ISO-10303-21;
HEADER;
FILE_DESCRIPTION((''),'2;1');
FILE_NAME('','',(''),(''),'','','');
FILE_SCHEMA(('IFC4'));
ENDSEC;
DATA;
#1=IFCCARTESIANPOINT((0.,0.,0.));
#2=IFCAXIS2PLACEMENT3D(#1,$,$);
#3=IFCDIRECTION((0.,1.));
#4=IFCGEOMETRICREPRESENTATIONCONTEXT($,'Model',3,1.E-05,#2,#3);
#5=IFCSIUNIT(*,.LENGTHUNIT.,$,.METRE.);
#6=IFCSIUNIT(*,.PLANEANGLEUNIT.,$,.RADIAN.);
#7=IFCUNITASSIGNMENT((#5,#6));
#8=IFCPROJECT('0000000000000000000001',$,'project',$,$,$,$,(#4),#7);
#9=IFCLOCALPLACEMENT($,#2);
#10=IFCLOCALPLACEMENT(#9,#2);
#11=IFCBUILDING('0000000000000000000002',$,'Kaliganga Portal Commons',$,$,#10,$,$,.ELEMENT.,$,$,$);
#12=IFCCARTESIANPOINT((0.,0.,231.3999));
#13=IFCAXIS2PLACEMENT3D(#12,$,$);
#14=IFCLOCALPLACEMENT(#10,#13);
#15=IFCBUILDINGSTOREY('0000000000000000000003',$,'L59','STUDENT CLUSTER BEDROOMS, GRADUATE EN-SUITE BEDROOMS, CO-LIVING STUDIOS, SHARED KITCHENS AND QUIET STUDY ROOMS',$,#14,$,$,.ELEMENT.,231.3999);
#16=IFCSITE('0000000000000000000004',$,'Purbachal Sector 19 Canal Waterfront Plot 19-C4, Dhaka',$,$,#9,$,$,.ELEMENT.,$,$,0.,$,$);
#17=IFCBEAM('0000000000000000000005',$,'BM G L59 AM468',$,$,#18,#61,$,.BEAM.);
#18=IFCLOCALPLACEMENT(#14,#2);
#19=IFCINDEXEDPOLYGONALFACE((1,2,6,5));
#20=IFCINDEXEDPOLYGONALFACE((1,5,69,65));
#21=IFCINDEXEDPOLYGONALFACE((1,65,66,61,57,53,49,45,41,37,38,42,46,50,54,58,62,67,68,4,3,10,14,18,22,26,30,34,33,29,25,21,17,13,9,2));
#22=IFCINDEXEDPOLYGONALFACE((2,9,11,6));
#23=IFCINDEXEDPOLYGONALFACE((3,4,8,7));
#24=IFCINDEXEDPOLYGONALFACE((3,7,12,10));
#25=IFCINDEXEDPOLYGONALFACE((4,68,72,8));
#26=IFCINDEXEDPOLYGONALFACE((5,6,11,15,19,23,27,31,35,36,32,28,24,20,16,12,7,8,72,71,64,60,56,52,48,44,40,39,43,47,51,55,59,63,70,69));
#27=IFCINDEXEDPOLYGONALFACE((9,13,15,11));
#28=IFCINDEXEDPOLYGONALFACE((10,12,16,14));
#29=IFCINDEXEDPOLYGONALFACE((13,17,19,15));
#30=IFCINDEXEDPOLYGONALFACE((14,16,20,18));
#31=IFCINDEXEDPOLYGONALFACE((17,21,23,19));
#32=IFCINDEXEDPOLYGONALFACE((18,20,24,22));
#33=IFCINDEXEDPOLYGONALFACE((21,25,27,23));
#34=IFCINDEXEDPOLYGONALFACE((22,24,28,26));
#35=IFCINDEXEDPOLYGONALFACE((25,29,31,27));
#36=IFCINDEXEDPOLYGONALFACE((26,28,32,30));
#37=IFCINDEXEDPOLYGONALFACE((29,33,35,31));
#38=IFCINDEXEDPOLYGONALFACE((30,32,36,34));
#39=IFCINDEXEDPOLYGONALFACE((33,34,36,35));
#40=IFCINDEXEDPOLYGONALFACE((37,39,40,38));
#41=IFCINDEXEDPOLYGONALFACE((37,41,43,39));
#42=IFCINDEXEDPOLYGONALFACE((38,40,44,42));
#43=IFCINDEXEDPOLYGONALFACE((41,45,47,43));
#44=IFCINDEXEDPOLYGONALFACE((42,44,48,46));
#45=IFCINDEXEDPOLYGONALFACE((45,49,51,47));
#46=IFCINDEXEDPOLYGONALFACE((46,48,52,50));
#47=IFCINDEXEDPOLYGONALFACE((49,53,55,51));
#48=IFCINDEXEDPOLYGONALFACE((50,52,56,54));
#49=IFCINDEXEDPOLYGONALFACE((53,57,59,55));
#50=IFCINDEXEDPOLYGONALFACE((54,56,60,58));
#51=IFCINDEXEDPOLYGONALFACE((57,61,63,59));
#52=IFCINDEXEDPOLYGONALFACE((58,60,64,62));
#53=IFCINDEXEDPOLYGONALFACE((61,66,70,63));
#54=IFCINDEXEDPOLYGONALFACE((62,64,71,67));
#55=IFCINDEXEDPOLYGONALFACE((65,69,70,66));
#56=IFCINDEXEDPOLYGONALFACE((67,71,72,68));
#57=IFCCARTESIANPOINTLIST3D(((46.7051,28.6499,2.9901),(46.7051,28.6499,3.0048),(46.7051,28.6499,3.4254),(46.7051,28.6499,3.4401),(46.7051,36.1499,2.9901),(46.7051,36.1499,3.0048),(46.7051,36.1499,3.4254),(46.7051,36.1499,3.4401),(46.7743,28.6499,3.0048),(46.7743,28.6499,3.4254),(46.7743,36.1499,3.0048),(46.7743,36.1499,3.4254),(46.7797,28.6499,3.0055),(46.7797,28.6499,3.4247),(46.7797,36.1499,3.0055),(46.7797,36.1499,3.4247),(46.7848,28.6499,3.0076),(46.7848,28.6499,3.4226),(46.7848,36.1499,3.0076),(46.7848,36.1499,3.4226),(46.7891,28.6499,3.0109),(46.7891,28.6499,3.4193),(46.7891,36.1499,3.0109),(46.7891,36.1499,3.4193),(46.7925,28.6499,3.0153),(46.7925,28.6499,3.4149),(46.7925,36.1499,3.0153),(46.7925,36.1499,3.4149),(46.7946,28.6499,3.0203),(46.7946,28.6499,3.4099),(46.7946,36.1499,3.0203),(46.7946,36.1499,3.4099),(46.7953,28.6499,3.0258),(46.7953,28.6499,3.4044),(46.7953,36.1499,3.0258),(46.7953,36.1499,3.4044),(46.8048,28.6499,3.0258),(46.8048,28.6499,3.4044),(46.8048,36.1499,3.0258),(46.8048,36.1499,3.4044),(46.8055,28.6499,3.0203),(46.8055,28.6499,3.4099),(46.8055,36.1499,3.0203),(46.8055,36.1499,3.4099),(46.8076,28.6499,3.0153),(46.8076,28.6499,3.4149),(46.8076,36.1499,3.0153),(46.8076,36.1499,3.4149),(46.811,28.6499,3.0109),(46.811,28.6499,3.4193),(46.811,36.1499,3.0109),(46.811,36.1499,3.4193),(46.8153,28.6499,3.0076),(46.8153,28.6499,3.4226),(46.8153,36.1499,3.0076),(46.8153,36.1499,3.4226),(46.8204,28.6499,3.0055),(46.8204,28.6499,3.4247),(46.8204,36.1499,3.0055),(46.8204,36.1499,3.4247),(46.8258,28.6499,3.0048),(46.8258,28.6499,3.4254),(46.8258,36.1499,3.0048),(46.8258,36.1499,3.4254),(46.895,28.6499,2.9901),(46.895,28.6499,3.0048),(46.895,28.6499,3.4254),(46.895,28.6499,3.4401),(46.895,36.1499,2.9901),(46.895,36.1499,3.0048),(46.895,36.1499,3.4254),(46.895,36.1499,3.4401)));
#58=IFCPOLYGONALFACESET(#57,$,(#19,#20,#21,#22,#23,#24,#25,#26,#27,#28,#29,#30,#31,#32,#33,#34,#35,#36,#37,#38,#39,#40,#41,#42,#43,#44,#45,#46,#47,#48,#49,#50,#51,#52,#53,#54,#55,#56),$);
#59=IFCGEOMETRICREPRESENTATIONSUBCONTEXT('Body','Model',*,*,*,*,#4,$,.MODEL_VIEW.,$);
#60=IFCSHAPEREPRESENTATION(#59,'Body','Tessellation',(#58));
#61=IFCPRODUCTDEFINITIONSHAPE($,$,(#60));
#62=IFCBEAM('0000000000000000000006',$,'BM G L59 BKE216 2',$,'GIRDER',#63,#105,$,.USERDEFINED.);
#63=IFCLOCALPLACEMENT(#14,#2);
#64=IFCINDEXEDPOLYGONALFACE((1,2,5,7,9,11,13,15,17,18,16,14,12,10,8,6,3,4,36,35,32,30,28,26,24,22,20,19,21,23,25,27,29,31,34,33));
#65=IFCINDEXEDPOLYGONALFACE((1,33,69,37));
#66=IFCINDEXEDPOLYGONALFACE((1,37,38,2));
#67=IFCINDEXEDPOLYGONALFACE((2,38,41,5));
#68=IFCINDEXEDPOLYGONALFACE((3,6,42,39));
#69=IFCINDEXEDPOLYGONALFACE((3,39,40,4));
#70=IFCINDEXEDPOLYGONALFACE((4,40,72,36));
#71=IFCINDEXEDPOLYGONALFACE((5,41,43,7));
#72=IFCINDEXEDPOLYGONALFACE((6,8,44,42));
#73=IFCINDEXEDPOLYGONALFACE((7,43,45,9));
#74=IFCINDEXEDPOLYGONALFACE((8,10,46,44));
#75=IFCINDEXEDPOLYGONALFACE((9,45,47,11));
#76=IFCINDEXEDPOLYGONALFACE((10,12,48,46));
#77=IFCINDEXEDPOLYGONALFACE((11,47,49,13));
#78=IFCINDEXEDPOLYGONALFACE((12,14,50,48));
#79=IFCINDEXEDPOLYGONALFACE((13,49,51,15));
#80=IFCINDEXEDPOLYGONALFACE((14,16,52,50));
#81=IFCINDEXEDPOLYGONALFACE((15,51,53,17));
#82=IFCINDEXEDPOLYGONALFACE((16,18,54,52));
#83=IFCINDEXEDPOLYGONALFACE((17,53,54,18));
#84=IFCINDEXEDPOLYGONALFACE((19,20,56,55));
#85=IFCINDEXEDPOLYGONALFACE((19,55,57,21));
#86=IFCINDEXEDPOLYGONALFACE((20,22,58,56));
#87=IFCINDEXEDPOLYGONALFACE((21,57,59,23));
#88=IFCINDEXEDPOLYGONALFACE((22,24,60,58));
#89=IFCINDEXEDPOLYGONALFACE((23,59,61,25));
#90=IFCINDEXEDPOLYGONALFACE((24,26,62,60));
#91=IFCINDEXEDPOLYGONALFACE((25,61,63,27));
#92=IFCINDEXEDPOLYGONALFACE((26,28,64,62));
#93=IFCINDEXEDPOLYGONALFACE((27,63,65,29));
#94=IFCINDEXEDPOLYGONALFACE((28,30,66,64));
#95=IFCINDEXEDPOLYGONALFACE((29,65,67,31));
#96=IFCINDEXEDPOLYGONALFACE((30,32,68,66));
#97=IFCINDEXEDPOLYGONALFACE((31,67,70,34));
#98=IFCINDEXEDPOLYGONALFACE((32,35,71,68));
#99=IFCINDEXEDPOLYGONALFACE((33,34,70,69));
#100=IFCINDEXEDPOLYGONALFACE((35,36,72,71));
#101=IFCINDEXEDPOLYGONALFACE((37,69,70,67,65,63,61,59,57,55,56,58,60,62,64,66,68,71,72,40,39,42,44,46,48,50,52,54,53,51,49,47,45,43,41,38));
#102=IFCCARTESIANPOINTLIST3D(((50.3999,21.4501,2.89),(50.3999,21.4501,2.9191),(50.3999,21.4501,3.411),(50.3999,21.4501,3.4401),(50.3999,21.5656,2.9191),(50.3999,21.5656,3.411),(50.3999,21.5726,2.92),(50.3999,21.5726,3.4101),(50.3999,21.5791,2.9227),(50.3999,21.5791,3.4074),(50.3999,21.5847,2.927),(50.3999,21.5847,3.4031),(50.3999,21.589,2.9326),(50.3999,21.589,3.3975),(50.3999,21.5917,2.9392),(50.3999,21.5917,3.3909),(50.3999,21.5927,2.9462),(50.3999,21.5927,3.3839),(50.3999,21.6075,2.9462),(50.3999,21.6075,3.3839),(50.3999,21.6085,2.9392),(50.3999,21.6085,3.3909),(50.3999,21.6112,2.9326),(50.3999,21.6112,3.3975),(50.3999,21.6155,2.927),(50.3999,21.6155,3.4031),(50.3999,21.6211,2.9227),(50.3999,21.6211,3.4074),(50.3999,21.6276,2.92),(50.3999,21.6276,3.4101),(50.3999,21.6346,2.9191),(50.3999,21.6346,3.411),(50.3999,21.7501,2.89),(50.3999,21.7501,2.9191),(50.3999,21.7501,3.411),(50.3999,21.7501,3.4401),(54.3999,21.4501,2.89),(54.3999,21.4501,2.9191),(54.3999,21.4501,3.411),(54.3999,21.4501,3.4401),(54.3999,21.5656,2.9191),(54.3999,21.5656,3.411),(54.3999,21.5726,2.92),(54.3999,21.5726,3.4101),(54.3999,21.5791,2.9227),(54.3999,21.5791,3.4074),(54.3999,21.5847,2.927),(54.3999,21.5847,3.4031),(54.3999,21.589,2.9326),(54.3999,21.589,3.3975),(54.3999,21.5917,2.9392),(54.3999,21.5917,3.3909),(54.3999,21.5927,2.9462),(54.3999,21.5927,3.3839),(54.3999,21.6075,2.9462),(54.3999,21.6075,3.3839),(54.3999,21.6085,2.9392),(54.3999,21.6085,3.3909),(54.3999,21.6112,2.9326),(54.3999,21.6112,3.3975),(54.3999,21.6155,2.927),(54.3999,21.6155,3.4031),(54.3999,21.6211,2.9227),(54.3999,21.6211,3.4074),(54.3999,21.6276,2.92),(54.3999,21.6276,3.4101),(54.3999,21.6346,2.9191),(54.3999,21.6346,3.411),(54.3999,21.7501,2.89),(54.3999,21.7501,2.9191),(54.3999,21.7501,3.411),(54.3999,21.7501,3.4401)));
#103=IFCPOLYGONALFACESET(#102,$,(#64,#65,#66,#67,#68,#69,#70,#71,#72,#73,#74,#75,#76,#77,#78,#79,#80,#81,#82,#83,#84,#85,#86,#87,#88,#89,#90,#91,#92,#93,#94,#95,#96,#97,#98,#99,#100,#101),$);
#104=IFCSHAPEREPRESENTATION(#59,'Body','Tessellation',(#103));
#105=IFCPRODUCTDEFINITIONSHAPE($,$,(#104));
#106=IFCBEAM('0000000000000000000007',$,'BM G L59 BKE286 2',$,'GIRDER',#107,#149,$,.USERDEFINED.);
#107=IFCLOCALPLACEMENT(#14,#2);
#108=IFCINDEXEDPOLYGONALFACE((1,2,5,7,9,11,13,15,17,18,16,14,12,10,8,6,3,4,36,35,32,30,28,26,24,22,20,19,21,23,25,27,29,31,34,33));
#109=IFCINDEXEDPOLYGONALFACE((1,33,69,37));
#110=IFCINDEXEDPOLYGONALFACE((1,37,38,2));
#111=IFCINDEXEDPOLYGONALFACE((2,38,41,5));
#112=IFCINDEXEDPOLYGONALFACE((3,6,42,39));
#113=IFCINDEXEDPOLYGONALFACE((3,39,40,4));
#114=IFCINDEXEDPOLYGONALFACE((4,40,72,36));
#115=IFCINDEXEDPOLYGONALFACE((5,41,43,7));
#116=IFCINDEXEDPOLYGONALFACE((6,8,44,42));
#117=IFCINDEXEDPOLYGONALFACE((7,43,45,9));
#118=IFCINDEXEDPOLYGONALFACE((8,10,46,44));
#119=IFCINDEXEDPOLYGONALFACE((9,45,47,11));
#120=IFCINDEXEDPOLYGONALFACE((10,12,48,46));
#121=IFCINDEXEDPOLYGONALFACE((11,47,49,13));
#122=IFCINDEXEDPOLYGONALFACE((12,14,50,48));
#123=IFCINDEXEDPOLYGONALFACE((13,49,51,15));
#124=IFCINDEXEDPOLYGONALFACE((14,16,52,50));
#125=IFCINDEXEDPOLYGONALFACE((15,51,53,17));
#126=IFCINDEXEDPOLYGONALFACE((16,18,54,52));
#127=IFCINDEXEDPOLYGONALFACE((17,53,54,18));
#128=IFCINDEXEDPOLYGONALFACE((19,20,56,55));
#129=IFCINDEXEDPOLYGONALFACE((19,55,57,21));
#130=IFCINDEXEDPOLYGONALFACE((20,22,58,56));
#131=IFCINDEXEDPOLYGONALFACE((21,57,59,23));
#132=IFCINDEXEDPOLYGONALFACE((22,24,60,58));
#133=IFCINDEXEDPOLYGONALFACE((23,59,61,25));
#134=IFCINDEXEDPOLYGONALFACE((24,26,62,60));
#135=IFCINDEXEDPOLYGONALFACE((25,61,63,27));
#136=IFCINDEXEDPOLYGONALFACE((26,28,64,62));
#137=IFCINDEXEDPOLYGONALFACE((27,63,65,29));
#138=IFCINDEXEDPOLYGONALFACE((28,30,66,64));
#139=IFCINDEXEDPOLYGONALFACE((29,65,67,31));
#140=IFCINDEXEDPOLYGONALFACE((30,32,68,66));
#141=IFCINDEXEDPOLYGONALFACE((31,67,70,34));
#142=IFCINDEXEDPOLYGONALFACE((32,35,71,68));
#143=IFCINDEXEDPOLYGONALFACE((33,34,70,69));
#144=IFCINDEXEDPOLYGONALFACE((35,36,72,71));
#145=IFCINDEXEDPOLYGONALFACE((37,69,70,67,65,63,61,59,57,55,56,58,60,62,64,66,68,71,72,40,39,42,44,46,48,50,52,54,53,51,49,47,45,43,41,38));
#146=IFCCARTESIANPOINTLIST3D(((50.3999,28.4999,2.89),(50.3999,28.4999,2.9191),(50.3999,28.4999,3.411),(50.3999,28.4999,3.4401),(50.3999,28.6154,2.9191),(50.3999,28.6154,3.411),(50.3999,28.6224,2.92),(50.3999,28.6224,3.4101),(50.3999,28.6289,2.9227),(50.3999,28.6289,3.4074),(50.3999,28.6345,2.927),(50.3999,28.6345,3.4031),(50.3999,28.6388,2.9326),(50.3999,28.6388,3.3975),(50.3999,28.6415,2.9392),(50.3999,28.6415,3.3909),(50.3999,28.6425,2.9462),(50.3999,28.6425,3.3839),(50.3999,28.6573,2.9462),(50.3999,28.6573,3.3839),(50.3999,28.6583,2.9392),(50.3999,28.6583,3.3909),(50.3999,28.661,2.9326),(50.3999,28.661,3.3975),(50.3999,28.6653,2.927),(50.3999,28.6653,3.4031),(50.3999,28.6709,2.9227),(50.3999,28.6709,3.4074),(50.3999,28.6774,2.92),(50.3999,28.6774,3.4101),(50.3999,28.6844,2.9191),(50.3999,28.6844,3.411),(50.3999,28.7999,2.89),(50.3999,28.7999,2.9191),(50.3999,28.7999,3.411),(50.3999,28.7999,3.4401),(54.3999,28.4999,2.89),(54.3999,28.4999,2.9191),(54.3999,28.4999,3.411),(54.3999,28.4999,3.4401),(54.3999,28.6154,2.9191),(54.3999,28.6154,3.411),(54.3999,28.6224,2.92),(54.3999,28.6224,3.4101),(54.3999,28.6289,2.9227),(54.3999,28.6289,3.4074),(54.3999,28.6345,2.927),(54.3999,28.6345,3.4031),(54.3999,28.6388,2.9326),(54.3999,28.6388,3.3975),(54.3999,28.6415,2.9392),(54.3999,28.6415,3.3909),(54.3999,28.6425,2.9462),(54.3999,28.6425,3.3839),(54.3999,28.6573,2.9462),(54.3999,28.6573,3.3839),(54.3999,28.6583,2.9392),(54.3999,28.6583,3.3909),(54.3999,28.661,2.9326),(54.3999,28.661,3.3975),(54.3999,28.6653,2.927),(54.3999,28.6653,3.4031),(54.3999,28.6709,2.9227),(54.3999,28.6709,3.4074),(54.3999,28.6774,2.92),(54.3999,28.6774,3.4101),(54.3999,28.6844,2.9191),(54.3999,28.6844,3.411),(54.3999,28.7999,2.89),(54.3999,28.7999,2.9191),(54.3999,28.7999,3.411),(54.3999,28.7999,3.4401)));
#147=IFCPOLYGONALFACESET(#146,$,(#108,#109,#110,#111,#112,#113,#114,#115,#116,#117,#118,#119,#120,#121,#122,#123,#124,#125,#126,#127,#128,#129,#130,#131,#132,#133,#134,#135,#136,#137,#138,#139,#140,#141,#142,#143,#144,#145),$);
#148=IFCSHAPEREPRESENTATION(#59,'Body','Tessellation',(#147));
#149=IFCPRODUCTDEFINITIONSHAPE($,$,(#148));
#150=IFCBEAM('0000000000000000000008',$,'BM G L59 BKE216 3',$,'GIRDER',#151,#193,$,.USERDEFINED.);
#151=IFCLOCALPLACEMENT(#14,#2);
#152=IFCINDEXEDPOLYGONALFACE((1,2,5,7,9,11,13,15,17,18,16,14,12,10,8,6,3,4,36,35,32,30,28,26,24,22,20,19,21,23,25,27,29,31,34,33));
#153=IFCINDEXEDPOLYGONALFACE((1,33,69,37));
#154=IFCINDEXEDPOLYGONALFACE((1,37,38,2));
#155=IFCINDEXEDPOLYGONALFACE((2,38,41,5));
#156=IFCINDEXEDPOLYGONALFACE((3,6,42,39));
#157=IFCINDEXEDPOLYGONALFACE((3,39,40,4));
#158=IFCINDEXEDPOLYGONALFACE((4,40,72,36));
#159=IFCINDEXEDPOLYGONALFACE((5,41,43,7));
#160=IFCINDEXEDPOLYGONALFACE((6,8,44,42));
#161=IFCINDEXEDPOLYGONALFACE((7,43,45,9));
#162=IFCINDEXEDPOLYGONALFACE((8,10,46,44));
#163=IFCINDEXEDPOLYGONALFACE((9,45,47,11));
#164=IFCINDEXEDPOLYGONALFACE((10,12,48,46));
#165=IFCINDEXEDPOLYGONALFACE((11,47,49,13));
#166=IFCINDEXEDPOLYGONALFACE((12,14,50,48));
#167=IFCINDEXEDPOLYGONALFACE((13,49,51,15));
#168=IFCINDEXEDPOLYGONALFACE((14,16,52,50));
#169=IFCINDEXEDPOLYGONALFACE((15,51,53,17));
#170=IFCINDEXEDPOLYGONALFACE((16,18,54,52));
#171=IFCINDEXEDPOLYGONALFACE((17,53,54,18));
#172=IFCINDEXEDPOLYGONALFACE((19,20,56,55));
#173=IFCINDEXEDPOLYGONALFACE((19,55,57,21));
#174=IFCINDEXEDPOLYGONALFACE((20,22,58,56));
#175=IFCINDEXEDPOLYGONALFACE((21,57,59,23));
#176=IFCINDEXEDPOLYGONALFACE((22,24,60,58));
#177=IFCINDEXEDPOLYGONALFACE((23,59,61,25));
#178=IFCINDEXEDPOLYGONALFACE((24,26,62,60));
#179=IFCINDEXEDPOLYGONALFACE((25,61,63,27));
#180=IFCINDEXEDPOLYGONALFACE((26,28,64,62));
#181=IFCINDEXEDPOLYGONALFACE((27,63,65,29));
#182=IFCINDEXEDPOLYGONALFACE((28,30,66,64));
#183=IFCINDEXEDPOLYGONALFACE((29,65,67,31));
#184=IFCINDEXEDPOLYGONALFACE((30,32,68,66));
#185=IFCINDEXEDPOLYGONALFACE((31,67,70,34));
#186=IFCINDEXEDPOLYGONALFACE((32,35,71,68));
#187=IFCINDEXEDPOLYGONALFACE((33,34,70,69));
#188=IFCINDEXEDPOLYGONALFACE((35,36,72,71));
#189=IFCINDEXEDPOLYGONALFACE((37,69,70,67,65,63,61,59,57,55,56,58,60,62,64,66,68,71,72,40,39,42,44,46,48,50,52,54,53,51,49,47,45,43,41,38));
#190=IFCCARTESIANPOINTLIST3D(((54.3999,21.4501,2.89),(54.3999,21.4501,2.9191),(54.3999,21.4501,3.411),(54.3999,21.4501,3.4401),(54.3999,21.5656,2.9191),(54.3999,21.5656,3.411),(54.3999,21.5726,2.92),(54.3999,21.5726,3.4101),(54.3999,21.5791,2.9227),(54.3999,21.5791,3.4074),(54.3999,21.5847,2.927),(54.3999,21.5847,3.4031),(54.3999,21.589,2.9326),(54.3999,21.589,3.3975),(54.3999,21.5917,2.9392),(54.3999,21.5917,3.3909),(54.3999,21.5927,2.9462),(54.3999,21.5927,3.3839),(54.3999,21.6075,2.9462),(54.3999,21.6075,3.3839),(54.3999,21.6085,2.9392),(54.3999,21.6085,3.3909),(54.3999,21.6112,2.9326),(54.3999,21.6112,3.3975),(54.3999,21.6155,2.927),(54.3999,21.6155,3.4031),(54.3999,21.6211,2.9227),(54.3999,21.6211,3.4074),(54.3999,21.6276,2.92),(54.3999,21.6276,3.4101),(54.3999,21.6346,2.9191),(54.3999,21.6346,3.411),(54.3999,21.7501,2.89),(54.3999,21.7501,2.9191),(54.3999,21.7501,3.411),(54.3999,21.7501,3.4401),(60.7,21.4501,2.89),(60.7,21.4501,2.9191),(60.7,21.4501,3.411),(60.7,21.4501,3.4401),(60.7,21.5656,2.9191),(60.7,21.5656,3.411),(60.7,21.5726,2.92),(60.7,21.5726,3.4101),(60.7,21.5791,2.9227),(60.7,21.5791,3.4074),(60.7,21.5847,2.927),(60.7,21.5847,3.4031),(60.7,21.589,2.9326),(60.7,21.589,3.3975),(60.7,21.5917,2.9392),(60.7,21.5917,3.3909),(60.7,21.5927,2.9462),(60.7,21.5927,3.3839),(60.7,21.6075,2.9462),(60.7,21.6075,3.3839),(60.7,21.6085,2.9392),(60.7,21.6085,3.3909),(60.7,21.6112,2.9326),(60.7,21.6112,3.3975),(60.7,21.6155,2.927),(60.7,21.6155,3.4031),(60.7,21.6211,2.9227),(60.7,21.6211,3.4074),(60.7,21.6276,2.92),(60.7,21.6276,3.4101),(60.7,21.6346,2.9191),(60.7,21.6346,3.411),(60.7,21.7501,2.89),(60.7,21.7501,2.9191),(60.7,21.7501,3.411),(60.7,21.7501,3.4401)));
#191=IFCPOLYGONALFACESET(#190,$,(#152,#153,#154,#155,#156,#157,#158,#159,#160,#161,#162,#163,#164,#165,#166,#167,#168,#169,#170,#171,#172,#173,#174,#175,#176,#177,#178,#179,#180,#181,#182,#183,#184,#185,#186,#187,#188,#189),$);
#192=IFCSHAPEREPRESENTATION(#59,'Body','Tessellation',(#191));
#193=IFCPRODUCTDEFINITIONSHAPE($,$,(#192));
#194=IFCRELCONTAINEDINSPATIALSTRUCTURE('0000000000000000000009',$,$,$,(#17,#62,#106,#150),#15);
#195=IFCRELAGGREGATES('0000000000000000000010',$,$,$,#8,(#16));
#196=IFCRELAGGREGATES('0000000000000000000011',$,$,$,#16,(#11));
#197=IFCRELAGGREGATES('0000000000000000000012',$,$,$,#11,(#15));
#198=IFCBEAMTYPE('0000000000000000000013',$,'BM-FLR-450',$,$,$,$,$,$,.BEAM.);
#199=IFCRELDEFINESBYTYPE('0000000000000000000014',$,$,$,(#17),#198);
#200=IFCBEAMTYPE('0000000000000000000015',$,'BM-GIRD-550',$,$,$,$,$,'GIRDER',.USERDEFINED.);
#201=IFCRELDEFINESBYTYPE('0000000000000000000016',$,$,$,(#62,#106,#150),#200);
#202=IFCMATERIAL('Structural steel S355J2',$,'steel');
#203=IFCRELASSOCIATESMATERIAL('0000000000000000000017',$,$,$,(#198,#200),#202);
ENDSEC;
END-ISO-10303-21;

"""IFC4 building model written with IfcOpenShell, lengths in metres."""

from ifc_helpers import new_model, si_unit, direction, frame, origin, origin_2d, place, context, subcontext, project, spatial, i_section, extrude, source, transform, mapped, material, material_profile, profile_set, type_object, element, save


model = new_model("IFC4")

# Units and contexts
model_context = context("Model", 3, precision=1e-05, world=origin(), true_north=direction((0.0, 1.0)))
body_context = subcontext(model_context, "Body", "Model", "MODEL_VIEW")
ifc_project = project(units=[si_unit("LENGTHUNIT", "METRE"), si_unit("PLANEANGLEUNIT", "RADIAN")], contexts=[model_context])

# Site, building, storey
site_placement = place(None, origin())
site = spatial("IfcSite", under=ifc_project, at=site_placement, Name="Purbachal Sector 19 Canal Waterfront Plot 19-C4, Dhaka", CompositionType="ELEMENT", RefElevation=0.0)
building_placement = place(site_placement, origin())
building = spatial("IfcBuilding", under=site, at=building_placement, Name="Kaliganga Portal Commons", CompositionType="ELEMENT")
storey_placement = place(building_placement, frame((0.0, 0.0, 231.3999)))
storey = spatial("IfcBuildingStorey", under=building, at=storey_placement, Name="L59", Description="STUDENT CLUSTER BEDROOMS, GRADUATE EN-SUITE BEDROOMS, CO-LIVING STUDIOS, SHARED KITCHENS AND QUIET STUDY ROOMS", CompositionType="ELEMENT", Elevation=231.3999)

# Shared definitions
ifc_material_1 = material(Name="Structural steel S355J2", Category="steel")

# Beams
ifc_material_profile_1 = material_profile(ifc_material_1, i_section(OverallWidth=0.1899, OverallDepth=0.45, WebThickness=0.0095, FlangeThickness=0.0146, FilletRadius=0.021, at=origin_2d()), Name="IPE 450")
ifc_profile_set_1 = profile_set([ifc_material_profile_1], Name="Structural steel S355J2 wide-flange")
beam_type_1 = type_object("IfcBeamType", Name="BM-FLR-450", PredefinedType="BEAM", material=ifc_profile_set_1)
shared_shape_1 = source(origin(), body_context, "Body", "SweptSolid", [
    extrude(i_section(OverallWidth=0.1899, OverallDepth=0.45, WebThickness=0.0095, FlangeThickness=0.0146, FilletRadius=0.021, at=origin_2d()), origin(), (0.0, 0.0, 1.0), 7.5),
])
beam_1_placement = place(storey_placement, frame((46.8, 28.6499, 3.2151), z_axis=(0.0, 1.0, 0.0), x_axis=(-1.0, 0.0, 0.0)))
element("IfcBeam", 1, at=beam_1_placement, inside=storey, type_object=beam_type_1, Name="BM G L59 AM468", PredefinedType="BEAM", context=body_context, shape_type="MappedRepresentation", body=[
    mapped(shared_shape_1, transform((0.0, 0.0, 0.0), x_axis=(1.0, 0.0, 0.0), y_axis=(0.0, 1.0, 0.0), z_axis=(0.0, 0.0, 1.0), scale=1.0)),
])
ifc_material_profile_2 = material_profile(ifc_material_1, i_section(OverallWidth=0.3, OverallDepth=0.55, WebThickness=0.0149, FlangeThickness=0.0291, FilletRadius=0.0271, at=origin_2d()), Name="HE 550 B")
ifc_profile_set_2 = profile_set([ifc_material_profile_2], Name="Structural steel S355J2 wide-flange")
beam_type_2 = type_object("IfcBeamType", Name="BM-GIRD-550", ElementType="GIRDER", PredefinedType="USERDEFINED", material=ifc_profile_set_2)
shared_shape_2 = source(origin(), body_context, "Body", "SweptSolid", [
    extrude(i_section(OverallWidth=0.3, OverallDepth=0.55, WebThickness=0.0149, FlangeThickness=0.0291, FilletRadius=0.0271, at=origin_2d()), origin(), (0.0, 0.0, 1.0), 4.0),
])
for number, where, z_axis, x_axis, name in (
    (2, (50.3999, 21.6001, 3.165), (1.0, 0.0, 0.0), (0.0, 1.0, 0.0), "BM G L59 BKE216 2"),
    (3, (50.3999, 28.6499, 3.165), (1.0, 0.0, 0.0), (0.0, 1.0, 0.0), "BM G L59 BKE286 2"),
):
    element("IfcBeam", number, at=place(storey_placement, frame(where, z_axis=z_axis, x_axis=x_axis)), inside=storey, type_object=beam_type_2, Name=name, ObjectType="GIRDER", PredefinedType="USERDEFINED", context=body_context, shape_type="MappedRepresentation", body=[
        mapped(shared_shape_2, transform((0.0, 0.0, 0.0), x_axis=(1.0, 0.0, 0.0), y_axis=(0.0, 1.0, 0.0), z_axis=(0.0, 0.0, 1.0), scale=1.0)),
    ])
shared_shape_3 = source(origin(), body_context, "Body", "SweptSolid", [
    extrude(i_section(OverallWidth=0.3, OverallDepth=0.55, WebThickness=0.0149, FlangeThickness=0.0291, FilletRadius=0.0271, at=origin_2d()), origin(), (0.0, 0.0, 1.0), 6.3),
])
for number, where, z_axis, x_axis, name in (
    (4, (54.3999, 21.6001, 3.165), (1.0, 0.0, 0.0), (0.0, 1.0, 0.0), "BM G L59 BKE216 3"),
):
    element("IfcBeam", number, at=place(storey_placement, frame(where, z_axis=z_axis, x_axis=x_axis)), inside=storey, type_object=beam_type_2, Name=name, ObjectType="GIRDER", PredefinedType="USERDEFINED", context=body_context, shape_type="MappedRepresentation", body=[
        mapped(shared_shape_3, transform((0.0, 0.0, 0.0), x_axis=(1.0, 0.0, 0.0), y_axis=(0.0, 1.0, 0.0), z_axis=(0.0, 0.0, 1.0), scale=1.0)),
    ])

save(model, "model.ifc")
